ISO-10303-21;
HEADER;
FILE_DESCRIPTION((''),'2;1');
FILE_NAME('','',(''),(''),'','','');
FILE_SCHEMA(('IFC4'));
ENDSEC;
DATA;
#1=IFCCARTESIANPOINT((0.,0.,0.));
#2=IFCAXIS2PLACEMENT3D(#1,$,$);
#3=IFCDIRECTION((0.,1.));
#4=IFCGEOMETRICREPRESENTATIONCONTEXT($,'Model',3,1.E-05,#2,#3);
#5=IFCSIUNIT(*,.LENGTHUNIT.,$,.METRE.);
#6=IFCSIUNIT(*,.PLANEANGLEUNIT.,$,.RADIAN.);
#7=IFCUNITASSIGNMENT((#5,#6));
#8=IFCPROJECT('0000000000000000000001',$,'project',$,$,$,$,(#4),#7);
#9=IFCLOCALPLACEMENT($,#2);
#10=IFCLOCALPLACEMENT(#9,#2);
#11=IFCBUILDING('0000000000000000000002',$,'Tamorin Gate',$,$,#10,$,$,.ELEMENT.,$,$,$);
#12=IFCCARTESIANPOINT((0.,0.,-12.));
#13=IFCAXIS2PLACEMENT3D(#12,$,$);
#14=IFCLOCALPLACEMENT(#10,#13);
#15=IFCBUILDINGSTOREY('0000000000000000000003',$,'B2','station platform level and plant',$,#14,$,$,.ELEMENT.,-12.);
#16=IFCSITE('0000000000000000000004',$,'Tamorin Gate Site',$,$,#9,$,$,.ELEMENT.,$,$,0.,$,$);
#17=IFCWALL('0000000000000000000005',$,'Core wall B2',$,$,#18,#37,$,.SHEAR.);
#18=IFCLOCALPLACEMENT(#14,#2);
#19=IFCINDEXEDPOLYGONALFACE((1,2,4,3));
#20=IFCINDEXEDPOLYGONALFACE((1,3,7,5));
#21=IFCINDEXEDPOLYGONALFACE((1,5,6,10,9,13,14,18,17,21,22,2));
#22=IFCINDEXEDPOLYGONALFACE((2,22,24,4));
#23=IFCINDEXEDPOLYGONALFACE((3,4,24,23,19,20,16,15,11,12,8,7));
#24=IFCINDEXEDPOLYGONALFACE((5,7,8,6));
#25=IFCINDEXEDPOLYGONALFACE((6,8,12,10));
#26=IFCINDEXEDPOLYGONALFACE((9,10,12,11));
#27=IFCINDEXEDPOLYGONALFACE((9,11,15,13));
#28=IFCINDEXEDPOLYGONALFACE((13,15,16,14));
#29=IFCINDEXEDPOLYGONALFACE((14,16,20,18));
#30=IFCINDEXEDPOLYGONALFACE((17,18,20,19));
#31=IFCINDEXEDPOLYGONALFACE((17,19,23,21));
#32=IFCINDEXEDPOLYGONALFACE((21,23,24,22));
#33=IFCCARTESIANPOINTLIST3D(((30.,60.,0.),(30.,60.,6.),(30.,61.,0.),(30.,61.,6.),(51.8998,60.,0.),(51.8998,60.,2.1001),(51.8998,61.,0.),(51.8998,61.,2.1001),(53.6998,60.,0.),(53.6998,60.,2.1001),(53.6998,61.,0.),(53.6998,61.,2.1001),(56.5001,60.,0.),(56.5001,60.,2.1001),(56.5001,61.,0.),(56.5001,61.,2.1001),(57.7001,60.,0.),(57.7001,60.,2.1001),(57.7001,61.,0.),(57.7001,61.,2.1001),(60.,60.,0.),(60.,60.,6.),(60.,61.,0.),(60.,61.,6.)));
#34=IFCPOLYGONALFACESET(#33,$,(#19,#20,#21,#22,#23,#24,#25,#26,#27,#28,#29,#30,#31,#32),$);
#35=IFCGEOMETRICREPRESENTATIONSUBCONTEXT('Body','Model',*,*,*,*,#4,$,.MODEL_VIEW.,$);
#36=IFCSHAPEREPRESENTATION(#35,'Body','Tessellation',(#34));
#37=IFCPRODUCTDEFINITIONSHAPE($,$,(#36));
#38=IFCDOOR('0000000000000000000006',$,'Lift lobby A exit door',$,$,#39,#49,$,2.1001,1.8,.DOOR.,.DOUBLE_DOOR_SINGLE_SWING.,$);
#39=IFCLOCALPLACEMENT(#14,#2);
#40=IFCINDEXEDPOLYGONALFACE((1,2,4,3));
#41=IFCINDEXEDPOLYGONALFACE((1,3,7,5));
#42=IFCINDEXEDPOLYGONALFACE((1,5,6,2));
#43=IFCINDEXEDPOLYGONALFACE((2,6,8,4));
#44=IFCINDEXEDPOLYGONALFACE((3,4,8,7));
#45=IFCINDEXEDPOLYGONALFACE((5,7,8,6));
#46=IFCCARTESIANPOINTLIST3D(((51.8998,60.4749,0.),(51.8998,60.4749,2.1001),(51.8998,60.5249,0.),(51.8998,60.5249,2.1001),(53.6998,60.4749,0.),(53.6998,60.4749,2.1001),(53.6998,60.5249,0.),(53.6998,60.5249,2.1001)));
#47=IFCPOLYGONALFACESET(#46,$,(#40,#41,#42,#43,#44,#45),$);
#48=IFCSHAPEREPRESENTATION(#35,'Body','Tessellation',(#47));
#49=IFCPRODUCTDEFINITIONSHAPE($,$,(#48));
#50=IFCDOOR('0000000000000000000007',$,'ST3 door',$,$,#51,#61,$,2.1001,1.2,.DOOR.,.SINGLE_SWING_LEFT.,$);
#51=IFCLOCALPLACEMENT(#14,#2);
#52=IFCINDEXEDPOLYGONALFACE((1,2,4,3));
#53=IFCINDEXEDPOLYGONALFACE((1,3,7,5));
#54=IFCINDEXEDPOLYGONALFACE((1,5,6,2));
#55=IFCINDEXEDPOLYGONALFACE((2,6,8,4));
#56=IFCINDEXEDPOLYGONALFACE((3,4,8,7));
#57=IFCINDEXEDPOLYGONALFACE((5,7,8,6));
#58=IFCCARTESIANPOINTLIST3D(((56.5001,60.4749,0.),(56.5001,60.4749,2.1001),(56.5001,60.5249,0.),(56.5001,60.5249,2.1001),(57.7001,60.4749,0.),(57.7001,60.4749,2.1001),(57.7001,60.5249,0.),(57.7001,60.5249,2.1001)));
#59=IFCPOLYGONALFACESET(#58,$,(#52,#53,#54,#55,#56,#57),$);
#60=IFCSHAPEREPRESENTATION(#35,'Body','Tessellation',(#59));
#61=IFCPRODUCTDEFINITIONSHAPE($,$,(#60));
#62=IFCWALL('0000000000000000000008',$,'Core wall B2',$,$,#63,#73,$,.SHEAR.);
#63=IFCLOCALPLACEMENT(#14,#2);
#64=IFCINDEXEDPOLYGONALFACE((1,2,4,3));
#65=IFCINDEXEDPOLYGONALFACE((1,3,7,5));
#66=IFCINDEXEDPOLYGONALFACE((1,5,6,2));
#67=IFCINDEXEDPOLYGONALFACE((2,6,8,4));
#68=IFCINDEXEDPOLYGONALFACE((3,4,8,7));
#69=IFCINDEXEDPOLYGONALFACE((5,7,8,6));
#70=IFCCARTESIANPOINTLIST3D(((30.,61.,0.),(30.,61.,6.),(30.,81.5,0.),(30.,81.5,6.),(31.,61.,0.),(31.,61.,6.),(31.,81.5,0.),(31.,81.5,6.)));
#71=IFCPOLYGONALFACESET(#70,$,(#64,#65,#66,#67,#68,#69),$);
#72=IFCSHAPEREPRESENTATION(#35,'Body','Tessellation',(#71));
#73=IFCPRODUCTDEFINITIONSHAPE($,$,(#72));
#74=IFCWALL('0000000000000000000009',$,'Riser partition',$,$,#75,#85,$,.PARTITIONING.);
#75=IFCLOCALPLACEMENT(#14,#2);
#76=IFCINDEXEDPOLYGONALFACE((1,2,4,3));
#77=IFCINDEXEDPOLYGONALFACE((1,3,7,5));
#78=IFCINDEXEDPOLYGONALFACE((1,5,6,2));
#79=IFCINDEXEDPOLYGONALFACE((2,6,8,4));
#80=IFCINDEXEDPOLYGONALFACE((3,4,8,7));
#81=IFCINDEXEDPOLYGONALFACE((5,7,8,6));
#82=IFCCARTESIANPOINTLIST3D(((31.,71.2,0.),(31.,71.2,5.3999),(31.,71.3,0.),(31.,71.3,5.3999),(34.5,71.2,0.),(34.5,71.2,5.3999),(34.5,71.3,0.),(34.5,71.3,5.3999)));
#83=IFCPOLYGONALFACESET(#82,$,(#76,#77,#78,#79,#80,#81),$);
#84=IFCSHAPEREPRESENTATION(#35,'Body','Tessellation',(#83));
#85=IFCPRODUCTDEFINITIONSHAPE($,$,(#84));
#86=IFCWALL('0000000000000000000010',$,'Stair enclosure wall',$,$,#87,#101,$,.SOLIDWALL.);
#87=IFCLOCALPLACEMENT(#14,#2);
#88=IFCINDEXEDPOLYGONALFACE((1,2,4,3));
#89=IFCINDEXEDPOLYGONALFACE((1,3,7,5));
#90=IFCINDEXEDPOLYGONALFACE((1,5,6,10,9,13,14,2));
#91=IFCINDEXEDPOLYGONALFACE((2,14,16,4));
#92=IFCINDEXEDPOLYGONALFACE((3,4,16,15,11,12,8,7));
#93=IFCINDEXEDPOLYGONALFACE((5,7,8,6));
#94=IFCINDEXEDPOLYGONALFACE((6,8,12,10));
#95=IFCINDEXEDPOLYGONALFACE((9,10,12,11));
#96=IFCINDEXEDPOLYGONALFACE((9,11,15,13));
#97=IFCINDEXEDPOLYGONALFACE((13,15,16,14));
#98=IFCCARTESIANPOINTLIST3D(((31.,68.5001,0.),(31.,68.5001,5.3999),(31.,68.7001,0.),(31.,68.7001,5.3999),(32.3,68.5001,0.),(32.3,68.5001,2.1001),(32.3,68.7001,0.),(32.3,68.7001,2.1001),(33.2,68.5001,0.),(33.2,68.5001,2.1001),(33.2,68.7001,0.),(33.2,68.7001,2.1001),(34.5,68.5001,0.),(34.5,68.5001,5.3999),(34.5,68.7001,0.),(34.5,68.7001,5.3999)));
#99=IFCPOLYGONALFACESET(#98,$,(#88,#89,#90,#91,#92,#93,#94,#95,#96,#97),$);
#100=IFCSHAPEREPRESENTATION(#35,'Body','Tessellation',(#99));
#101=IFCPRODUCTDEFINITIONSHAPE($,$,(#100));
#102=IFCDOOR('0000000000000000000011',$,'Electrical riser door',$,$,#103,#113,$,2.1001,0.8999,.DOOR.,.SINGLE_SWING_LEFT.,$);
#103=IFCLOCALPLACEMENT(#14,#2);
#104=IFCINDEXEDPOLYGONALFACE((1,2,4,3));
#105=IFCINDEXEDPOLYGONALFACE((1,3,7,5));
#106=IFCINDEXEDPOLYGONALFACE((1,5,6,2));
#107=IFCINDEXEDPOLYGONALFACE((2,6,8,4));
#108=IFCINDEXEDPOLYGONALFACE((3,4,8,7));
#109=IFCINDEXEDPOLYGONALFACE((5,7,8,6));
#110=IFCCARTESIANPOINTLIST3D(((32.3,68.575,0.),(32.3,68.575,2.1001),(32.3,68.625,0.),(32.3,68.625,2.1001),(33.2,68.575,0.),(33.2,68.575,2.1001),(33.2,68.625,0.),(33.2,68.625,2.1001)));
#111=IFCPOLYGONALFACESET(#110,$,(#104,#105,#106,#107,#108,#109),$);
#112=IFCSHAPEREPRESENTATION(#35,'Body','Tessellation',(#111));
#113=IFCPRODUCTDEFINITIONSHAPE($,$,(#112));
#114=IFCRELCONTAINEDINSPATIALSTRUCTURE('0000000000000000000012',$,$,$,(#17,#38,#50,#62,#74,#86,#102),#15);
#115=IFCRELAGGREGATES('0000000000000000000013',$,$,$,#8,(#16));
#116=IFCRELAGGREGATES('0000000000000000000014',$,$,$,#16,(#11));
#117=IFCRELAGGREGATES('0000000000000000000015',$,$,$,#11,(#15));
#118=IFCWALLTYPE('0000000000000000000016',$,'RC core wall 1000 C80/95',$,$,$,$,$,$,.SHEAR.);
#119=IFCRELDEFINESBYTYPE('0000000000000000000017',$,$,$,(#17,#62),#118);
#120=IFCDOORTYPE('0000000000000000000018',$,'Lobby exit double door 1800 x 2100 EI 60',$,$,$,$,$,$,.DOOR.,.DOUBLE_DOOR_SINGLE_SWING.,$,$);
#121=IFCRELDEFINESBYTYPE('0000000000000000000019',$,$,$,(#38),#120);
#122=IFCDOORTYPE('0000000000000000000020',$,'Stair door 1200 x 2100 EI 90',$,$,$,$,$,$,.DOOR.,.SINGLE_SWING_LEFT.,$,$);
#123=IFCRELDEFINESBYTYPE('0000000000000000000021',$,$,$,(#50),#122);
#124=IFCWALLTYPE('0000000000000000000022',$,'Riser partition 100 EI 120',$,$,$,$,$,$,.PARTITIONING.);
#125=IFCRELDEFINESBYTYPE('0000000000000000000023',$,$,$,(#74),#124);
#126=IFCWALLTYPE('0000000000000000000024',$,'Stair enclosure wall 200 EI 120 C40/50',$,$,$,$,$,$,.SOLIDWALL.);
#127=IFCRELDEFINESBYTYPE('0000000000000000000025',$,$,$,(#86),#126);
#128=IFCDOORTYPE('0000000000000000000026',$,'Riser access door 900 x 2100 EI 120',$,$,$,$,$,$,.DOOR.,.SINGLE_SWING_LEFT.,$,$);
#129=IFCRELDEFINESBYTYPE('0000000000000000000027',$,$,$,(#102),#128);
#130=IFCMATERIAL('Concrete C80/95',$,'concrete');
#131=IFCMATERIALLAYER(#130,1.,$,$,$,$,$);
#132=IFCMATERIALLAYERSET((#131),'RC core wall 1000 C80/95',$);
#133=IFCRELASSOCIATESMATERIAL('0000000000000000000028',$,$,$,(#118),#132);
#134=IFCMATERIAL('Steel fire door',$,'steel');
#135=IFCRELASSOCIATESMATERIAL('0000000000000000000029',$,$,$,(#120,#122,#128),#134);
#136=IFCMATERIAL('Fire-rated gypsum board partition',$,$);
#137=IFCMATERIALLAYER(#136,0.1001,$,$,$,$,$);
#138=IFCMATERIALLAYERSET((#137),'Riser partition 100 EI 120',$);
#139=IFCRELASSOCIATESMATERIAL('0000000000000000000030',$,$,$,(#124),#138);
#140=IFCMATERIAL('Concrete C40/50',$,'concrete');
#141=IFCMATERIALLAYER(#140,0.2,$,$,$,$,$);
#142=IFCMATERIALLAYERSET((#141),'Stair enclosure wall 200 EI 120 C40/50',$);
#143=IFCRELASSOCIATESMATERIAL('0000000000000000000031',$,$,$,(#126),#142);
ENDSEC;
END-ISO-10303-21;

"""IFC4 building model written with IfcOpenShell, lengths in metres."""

from ifc_helpers import new_model, si_unit, direction, frame, frame_2d, origin, place, context, subcontext, project, spatial, rectangle, extrude, material, layer, layer_set, type_object, element, fill, save


model = new_model("IFC4")

# Units and contexts
model_context = context("Model", 3, precision=1e-05, world=origin(), true_north=direction((0.0, 1.0)))
body_context = subcontext(model_context, "Body", "Model", "MODEL_VIEW")
ifc_project = project(units=[si_unit("LENGTHUNIT", "METRE"), si_unit("PLANEANGLEUNIT", "RADIAN")], contexts=[model_context])

# Site, building, storey
site_placement = place(None, origin())
site = spatial("IfcSite", under=ifc_project, at=site_placement, Name="Tamorin Gate Site", CompositionType="ELEMENT", RefElevation=0.0)
building_placement = place(site_placement, origin())
building = spatial("IfcBuilding", under=site, at=building_placement, Name="Tamorin Gate", CompositionType="ELEMENT")
storey_placement = place(building_placement, frame((0.0, 0.0, -12.0)))
storey = spatial("IfcBuildingStorey", under=building, at=storey_placement, Name="B2", Description="station platform level and plant", CompositionType="ELEMENT", Elevation=-12.0)

# Shared definitions
ifc_material_1 = material(Name="Concrete C40/50", Category="concrete")

# Shared definitions
ifc_material_2 = material(Name="Concrete C80/95", Category="concrete")

# Wall, openings, doors
ifc_layer_1 = layer(ifc_material_2, 1.0)
ifc_layer_set_1 = layer_set([ifc_layer_1], Name="RC core wall 1000 C80/95")
wall_type_1 = type_object("IfcWallType", Name="RC core wall 1000 C80/95", PredefinedType="SHEAR", material=ifc_layer_set_1)
wall_1_placement = place(storey_placement, frame((30.0, 60.5, 0.0), z_axis=(0.0, 0.0, 1.0), x_axis=(1.0, 0.0, 0.0)))
wall_1 = element("IfcWall", 1, at=wall_1_placement, inside=storey, type_object=wall_type_1, Name="Core wall B2", PredefinedType="SHEAR", context=body_context, shape_type="SweptSolid", body=[
    extrude(rectangle(XDim=30.0, YDim=1.0, at=frame_2d((15.0, 0.0))), origin(), (0.0, 0.0, 1.0), 6.0),
])
opening_1_placement = place(wall_1_placement, frame((21.8999, 0.0, 0.0)))
opening_1 = element("IfcOpeningElement", 2, at=opening_1_placement, cuts=wall_1, PredefinedType="OPENING", context=body_context, shape_type="SweptSolid", body=[
    extrude(rectangle(XDim=1.8, YDim=2.1001, at=frame_2d((0.8999, 1.05))), frame((0.0, 0.51, 0.0), z_axis=(0.0, -1.0, 0.0), x_axis=(1.0, 0.0, 0.0)), (0.0, 0.0, 1.0), 1.02),
])
opening_2_placement = place(wall_1_placement, frame((26.5, 0.0, 0.0)))
opening_2 = element("IfcOpeningElement", 3, at=opening_2_placement, cuts=wall_1, PredefinedType="OPENING", context=body_context, shape_type="SweptSolid", body=[
    extrude(rectangle(XDim=1.2, YDim=2.1001, at=frame_2d((0.6001, 1.05))), frame((0.0, 0.51, 0.0), z_axis=(0.0, -1.0, 0.0), x_axis=(1.0, 0.0, 0.0)), (0.0, 0.0, 1.0), 1.02),
])
ifc_material_3 = material(Name="Steel fire door", Category="steel")
door_type_1 = type_object("IfcDoorType", Name="Lobby exit double door 1800 x 2100 EI 60", OperationType="DOUBLE_DOOR_SINGLE_SWING", PredefinedType="DOOR", material=ifc_material_3)
door_1_placement = place(opening_1_placement, origin())
door_1 = element("IfcDoor", 4, at=door_1_placement, inside=storey, type_object=door_type_1, Name="Lift lobby A exit door", OperationType="DOUBLE_DOOR_SINGLE_SWING", OverallHeight=2.1001, OverallWidth=1.8, PredefinedType="DOOR", context=body_context, shape_type="SweptSolid", body=[
    extrude(rectangle(XDim=1.8, YDim=2.1001, at=frame_2d((0.8999, 1.05))), frame((0.0, 0.0249, 0.0), z_axis=(0.0, -1.0, 0.0), x_axis=(1.0, 0.0, 0.0)), (0.0, 0.0, 1.0), 0.05),
])
fill(opening_1, door_1)
door_type_2 = type_object("IfcDoorType", Name="Stair door 1200 x 2100 EI 90", OperationType="SINGLE_SWING_LEFT", PredefinedType="DOOR", material=ifc_material_3)
door_2_placement = place(opening_2_placement, origin())
door_2 = element("IfcDoor", 5, at=door_2_placement, inside=storey, type_object=door_type_2, Name="ST3 door", OperationType="SINGLE_SWING_LEFT", OverallHeight=2.1001, OverallWidth=1.2, PredefinedType="DOOR", context=body_context, shape_type="SweptSolid", body=[
    extrude(rectangle(XDim=1.2, YDim=2.1001, at=frame_2d((0.6001, 1.05))), frame((0.0, 0.0249, 0.0), z_axis=(0.0, -1.0, 0.0), x_axis=(1.0, 0.0, 0.0)), (0.0, 0.0, 1.0), 0.05),
])
fill(opening_2, door_2)

# Walls
wall_2_placement = place(storey_placement, frame((30.5, 61.0, 0.0), z_axis=(0.0, 0.0, 1.0), x_axis=(0.0, 1.0, 0.0)))
element("IfcWall", 6, at=wall_2_placement, inside=storey, type_object=wall_type_1, Name="Core wall B2", PredefinedType="SHEAR", context=body_context, shape_type="SweptSolid", body=[
    extrude(rectangle(XDim=20.5, YDim=1.0, at=frame_2d((10.25, 0.0))), origin(), (0.0, 0.0, 1.0), 6.0),
])
ifc_material_4 = material(Name="Fire-rated gypsum board partition")
ifc_layer_2 = layer(ifc_material_4, 0.1001)
ifc_layer_set_2 = layer_set([ifc_layer_2], Name="Riser partition 100 EI 120")
wall_type_2 = type_object("IfcWallType", Name="Riser partition 100 EI 120", PredefinedType="PARTITIONING", material=ifc_layer_set_2)
wall_3_placement = place(storey_placement, frame((31.0, 71.25, 0.0), z_axis=(0.0, 0.0, 1.0), x_axis=(1.0, 0.0, 0.0)))
element("IfcWall", 7, at=wall_3_placement, inside=storey, type_object=wall_type_2, Name="Riser partition", PredefinedType="PARTITIONING", context=body_context, shape_type="SweptSolid", body=[
    extrude(rectangle(XDim=3.5, YDim=0.1001, at=frame_2d((1.75, 0.0))), origin(), (0.0, 0.0, 1.0), 5.3999),
])

# Wall, opening, door
ifc_layer_3 = layer(ifc_material_1, 0.2)
ifc_layer_set_3 = layer_set([ifc_layer_3], Name="Stair enclosure wall 200 EI 120 C40/50")
wall_type_3 = type_object("IfcWallType", Name="Stair enclosure wall 200 EI 120 C40/50", PredefinedType="SOLIDWALL", material=ifc_layer_set_3)
wall_4_placement = place(storey_placement, frame((31.0, 68.6001, 0.0), z_axis=(0.0, 0.0, 1.0), x_axis=(1.0, 0.0, 0.0)))
wall_4 = element("IfcWall", 8, at=wall_4_placement, inside=storey, type_object=wall_type_3, Name="Stair enclosure wall", PredefinedType="SOLIDWALL", context=body_context, shape_type="SweptSolid", body=[
    extrude(rectangle(XDim=3.5, YDim=0.2, at=frame_2d((1.75, 0.0))), origin(), (0.0, 0.0, 1.0), 5.3999),
])
opening_3_placement = place(wall_4_placement, frame((1.3, 0.0, 0.0)))
opening_3 = element("IfcOpeningElement", 9, at=opening_3_placement, cuts=wall_4, PredefinedType="OPENING", context=body_context, shape_type="SweptSolid", body=[
    extrude(rectangle(XDim=0.8999, YDim=2.1001, at=frame_2d((0.45, 1.05))), frame((0.0, 0.1099, 0.0), z_axis=(0.0, -1.0, 0.0), x_axis=(1.0, 0.0, 0.0)), (0.0, 0.0, 1.0), 0.22),
])
door_type_3 = type_object("IfcDoorType", Name="Riser access door 900 x 2100 EI 120", OperationType="SINGLE_SWING_LEFT", PredefinedType="DOOR", material=ifc_material_3)
door_3_placement = place(opening_3_placement, origin())
door_3 = element("IfcDoor", 10, at=door_3_placement, inside=storey, type_object=door_type_3, Name="Electrical riser door", OperationType="SINGLE_SWING_LEFT", OverallHeight=2.1001, OverallWidth=0.8999, PredefinedType="DOOR", context=body_context, shape_type="SweptSolid", body=[
    extrude(rectangle(XDim=0.8999, YDim=2.1001, at=frame_2d((0.45, 1.05))), frame((0.0, 0.0249, 0.0), z_axis=(0.0, -1.0, 0.0), x_axis=(1.0, 0.0, 0.0)), (0.0, 0.0, 1.0), 0.05),
])
fill(opening_3, door_3)

save(model, "model.ifc")
